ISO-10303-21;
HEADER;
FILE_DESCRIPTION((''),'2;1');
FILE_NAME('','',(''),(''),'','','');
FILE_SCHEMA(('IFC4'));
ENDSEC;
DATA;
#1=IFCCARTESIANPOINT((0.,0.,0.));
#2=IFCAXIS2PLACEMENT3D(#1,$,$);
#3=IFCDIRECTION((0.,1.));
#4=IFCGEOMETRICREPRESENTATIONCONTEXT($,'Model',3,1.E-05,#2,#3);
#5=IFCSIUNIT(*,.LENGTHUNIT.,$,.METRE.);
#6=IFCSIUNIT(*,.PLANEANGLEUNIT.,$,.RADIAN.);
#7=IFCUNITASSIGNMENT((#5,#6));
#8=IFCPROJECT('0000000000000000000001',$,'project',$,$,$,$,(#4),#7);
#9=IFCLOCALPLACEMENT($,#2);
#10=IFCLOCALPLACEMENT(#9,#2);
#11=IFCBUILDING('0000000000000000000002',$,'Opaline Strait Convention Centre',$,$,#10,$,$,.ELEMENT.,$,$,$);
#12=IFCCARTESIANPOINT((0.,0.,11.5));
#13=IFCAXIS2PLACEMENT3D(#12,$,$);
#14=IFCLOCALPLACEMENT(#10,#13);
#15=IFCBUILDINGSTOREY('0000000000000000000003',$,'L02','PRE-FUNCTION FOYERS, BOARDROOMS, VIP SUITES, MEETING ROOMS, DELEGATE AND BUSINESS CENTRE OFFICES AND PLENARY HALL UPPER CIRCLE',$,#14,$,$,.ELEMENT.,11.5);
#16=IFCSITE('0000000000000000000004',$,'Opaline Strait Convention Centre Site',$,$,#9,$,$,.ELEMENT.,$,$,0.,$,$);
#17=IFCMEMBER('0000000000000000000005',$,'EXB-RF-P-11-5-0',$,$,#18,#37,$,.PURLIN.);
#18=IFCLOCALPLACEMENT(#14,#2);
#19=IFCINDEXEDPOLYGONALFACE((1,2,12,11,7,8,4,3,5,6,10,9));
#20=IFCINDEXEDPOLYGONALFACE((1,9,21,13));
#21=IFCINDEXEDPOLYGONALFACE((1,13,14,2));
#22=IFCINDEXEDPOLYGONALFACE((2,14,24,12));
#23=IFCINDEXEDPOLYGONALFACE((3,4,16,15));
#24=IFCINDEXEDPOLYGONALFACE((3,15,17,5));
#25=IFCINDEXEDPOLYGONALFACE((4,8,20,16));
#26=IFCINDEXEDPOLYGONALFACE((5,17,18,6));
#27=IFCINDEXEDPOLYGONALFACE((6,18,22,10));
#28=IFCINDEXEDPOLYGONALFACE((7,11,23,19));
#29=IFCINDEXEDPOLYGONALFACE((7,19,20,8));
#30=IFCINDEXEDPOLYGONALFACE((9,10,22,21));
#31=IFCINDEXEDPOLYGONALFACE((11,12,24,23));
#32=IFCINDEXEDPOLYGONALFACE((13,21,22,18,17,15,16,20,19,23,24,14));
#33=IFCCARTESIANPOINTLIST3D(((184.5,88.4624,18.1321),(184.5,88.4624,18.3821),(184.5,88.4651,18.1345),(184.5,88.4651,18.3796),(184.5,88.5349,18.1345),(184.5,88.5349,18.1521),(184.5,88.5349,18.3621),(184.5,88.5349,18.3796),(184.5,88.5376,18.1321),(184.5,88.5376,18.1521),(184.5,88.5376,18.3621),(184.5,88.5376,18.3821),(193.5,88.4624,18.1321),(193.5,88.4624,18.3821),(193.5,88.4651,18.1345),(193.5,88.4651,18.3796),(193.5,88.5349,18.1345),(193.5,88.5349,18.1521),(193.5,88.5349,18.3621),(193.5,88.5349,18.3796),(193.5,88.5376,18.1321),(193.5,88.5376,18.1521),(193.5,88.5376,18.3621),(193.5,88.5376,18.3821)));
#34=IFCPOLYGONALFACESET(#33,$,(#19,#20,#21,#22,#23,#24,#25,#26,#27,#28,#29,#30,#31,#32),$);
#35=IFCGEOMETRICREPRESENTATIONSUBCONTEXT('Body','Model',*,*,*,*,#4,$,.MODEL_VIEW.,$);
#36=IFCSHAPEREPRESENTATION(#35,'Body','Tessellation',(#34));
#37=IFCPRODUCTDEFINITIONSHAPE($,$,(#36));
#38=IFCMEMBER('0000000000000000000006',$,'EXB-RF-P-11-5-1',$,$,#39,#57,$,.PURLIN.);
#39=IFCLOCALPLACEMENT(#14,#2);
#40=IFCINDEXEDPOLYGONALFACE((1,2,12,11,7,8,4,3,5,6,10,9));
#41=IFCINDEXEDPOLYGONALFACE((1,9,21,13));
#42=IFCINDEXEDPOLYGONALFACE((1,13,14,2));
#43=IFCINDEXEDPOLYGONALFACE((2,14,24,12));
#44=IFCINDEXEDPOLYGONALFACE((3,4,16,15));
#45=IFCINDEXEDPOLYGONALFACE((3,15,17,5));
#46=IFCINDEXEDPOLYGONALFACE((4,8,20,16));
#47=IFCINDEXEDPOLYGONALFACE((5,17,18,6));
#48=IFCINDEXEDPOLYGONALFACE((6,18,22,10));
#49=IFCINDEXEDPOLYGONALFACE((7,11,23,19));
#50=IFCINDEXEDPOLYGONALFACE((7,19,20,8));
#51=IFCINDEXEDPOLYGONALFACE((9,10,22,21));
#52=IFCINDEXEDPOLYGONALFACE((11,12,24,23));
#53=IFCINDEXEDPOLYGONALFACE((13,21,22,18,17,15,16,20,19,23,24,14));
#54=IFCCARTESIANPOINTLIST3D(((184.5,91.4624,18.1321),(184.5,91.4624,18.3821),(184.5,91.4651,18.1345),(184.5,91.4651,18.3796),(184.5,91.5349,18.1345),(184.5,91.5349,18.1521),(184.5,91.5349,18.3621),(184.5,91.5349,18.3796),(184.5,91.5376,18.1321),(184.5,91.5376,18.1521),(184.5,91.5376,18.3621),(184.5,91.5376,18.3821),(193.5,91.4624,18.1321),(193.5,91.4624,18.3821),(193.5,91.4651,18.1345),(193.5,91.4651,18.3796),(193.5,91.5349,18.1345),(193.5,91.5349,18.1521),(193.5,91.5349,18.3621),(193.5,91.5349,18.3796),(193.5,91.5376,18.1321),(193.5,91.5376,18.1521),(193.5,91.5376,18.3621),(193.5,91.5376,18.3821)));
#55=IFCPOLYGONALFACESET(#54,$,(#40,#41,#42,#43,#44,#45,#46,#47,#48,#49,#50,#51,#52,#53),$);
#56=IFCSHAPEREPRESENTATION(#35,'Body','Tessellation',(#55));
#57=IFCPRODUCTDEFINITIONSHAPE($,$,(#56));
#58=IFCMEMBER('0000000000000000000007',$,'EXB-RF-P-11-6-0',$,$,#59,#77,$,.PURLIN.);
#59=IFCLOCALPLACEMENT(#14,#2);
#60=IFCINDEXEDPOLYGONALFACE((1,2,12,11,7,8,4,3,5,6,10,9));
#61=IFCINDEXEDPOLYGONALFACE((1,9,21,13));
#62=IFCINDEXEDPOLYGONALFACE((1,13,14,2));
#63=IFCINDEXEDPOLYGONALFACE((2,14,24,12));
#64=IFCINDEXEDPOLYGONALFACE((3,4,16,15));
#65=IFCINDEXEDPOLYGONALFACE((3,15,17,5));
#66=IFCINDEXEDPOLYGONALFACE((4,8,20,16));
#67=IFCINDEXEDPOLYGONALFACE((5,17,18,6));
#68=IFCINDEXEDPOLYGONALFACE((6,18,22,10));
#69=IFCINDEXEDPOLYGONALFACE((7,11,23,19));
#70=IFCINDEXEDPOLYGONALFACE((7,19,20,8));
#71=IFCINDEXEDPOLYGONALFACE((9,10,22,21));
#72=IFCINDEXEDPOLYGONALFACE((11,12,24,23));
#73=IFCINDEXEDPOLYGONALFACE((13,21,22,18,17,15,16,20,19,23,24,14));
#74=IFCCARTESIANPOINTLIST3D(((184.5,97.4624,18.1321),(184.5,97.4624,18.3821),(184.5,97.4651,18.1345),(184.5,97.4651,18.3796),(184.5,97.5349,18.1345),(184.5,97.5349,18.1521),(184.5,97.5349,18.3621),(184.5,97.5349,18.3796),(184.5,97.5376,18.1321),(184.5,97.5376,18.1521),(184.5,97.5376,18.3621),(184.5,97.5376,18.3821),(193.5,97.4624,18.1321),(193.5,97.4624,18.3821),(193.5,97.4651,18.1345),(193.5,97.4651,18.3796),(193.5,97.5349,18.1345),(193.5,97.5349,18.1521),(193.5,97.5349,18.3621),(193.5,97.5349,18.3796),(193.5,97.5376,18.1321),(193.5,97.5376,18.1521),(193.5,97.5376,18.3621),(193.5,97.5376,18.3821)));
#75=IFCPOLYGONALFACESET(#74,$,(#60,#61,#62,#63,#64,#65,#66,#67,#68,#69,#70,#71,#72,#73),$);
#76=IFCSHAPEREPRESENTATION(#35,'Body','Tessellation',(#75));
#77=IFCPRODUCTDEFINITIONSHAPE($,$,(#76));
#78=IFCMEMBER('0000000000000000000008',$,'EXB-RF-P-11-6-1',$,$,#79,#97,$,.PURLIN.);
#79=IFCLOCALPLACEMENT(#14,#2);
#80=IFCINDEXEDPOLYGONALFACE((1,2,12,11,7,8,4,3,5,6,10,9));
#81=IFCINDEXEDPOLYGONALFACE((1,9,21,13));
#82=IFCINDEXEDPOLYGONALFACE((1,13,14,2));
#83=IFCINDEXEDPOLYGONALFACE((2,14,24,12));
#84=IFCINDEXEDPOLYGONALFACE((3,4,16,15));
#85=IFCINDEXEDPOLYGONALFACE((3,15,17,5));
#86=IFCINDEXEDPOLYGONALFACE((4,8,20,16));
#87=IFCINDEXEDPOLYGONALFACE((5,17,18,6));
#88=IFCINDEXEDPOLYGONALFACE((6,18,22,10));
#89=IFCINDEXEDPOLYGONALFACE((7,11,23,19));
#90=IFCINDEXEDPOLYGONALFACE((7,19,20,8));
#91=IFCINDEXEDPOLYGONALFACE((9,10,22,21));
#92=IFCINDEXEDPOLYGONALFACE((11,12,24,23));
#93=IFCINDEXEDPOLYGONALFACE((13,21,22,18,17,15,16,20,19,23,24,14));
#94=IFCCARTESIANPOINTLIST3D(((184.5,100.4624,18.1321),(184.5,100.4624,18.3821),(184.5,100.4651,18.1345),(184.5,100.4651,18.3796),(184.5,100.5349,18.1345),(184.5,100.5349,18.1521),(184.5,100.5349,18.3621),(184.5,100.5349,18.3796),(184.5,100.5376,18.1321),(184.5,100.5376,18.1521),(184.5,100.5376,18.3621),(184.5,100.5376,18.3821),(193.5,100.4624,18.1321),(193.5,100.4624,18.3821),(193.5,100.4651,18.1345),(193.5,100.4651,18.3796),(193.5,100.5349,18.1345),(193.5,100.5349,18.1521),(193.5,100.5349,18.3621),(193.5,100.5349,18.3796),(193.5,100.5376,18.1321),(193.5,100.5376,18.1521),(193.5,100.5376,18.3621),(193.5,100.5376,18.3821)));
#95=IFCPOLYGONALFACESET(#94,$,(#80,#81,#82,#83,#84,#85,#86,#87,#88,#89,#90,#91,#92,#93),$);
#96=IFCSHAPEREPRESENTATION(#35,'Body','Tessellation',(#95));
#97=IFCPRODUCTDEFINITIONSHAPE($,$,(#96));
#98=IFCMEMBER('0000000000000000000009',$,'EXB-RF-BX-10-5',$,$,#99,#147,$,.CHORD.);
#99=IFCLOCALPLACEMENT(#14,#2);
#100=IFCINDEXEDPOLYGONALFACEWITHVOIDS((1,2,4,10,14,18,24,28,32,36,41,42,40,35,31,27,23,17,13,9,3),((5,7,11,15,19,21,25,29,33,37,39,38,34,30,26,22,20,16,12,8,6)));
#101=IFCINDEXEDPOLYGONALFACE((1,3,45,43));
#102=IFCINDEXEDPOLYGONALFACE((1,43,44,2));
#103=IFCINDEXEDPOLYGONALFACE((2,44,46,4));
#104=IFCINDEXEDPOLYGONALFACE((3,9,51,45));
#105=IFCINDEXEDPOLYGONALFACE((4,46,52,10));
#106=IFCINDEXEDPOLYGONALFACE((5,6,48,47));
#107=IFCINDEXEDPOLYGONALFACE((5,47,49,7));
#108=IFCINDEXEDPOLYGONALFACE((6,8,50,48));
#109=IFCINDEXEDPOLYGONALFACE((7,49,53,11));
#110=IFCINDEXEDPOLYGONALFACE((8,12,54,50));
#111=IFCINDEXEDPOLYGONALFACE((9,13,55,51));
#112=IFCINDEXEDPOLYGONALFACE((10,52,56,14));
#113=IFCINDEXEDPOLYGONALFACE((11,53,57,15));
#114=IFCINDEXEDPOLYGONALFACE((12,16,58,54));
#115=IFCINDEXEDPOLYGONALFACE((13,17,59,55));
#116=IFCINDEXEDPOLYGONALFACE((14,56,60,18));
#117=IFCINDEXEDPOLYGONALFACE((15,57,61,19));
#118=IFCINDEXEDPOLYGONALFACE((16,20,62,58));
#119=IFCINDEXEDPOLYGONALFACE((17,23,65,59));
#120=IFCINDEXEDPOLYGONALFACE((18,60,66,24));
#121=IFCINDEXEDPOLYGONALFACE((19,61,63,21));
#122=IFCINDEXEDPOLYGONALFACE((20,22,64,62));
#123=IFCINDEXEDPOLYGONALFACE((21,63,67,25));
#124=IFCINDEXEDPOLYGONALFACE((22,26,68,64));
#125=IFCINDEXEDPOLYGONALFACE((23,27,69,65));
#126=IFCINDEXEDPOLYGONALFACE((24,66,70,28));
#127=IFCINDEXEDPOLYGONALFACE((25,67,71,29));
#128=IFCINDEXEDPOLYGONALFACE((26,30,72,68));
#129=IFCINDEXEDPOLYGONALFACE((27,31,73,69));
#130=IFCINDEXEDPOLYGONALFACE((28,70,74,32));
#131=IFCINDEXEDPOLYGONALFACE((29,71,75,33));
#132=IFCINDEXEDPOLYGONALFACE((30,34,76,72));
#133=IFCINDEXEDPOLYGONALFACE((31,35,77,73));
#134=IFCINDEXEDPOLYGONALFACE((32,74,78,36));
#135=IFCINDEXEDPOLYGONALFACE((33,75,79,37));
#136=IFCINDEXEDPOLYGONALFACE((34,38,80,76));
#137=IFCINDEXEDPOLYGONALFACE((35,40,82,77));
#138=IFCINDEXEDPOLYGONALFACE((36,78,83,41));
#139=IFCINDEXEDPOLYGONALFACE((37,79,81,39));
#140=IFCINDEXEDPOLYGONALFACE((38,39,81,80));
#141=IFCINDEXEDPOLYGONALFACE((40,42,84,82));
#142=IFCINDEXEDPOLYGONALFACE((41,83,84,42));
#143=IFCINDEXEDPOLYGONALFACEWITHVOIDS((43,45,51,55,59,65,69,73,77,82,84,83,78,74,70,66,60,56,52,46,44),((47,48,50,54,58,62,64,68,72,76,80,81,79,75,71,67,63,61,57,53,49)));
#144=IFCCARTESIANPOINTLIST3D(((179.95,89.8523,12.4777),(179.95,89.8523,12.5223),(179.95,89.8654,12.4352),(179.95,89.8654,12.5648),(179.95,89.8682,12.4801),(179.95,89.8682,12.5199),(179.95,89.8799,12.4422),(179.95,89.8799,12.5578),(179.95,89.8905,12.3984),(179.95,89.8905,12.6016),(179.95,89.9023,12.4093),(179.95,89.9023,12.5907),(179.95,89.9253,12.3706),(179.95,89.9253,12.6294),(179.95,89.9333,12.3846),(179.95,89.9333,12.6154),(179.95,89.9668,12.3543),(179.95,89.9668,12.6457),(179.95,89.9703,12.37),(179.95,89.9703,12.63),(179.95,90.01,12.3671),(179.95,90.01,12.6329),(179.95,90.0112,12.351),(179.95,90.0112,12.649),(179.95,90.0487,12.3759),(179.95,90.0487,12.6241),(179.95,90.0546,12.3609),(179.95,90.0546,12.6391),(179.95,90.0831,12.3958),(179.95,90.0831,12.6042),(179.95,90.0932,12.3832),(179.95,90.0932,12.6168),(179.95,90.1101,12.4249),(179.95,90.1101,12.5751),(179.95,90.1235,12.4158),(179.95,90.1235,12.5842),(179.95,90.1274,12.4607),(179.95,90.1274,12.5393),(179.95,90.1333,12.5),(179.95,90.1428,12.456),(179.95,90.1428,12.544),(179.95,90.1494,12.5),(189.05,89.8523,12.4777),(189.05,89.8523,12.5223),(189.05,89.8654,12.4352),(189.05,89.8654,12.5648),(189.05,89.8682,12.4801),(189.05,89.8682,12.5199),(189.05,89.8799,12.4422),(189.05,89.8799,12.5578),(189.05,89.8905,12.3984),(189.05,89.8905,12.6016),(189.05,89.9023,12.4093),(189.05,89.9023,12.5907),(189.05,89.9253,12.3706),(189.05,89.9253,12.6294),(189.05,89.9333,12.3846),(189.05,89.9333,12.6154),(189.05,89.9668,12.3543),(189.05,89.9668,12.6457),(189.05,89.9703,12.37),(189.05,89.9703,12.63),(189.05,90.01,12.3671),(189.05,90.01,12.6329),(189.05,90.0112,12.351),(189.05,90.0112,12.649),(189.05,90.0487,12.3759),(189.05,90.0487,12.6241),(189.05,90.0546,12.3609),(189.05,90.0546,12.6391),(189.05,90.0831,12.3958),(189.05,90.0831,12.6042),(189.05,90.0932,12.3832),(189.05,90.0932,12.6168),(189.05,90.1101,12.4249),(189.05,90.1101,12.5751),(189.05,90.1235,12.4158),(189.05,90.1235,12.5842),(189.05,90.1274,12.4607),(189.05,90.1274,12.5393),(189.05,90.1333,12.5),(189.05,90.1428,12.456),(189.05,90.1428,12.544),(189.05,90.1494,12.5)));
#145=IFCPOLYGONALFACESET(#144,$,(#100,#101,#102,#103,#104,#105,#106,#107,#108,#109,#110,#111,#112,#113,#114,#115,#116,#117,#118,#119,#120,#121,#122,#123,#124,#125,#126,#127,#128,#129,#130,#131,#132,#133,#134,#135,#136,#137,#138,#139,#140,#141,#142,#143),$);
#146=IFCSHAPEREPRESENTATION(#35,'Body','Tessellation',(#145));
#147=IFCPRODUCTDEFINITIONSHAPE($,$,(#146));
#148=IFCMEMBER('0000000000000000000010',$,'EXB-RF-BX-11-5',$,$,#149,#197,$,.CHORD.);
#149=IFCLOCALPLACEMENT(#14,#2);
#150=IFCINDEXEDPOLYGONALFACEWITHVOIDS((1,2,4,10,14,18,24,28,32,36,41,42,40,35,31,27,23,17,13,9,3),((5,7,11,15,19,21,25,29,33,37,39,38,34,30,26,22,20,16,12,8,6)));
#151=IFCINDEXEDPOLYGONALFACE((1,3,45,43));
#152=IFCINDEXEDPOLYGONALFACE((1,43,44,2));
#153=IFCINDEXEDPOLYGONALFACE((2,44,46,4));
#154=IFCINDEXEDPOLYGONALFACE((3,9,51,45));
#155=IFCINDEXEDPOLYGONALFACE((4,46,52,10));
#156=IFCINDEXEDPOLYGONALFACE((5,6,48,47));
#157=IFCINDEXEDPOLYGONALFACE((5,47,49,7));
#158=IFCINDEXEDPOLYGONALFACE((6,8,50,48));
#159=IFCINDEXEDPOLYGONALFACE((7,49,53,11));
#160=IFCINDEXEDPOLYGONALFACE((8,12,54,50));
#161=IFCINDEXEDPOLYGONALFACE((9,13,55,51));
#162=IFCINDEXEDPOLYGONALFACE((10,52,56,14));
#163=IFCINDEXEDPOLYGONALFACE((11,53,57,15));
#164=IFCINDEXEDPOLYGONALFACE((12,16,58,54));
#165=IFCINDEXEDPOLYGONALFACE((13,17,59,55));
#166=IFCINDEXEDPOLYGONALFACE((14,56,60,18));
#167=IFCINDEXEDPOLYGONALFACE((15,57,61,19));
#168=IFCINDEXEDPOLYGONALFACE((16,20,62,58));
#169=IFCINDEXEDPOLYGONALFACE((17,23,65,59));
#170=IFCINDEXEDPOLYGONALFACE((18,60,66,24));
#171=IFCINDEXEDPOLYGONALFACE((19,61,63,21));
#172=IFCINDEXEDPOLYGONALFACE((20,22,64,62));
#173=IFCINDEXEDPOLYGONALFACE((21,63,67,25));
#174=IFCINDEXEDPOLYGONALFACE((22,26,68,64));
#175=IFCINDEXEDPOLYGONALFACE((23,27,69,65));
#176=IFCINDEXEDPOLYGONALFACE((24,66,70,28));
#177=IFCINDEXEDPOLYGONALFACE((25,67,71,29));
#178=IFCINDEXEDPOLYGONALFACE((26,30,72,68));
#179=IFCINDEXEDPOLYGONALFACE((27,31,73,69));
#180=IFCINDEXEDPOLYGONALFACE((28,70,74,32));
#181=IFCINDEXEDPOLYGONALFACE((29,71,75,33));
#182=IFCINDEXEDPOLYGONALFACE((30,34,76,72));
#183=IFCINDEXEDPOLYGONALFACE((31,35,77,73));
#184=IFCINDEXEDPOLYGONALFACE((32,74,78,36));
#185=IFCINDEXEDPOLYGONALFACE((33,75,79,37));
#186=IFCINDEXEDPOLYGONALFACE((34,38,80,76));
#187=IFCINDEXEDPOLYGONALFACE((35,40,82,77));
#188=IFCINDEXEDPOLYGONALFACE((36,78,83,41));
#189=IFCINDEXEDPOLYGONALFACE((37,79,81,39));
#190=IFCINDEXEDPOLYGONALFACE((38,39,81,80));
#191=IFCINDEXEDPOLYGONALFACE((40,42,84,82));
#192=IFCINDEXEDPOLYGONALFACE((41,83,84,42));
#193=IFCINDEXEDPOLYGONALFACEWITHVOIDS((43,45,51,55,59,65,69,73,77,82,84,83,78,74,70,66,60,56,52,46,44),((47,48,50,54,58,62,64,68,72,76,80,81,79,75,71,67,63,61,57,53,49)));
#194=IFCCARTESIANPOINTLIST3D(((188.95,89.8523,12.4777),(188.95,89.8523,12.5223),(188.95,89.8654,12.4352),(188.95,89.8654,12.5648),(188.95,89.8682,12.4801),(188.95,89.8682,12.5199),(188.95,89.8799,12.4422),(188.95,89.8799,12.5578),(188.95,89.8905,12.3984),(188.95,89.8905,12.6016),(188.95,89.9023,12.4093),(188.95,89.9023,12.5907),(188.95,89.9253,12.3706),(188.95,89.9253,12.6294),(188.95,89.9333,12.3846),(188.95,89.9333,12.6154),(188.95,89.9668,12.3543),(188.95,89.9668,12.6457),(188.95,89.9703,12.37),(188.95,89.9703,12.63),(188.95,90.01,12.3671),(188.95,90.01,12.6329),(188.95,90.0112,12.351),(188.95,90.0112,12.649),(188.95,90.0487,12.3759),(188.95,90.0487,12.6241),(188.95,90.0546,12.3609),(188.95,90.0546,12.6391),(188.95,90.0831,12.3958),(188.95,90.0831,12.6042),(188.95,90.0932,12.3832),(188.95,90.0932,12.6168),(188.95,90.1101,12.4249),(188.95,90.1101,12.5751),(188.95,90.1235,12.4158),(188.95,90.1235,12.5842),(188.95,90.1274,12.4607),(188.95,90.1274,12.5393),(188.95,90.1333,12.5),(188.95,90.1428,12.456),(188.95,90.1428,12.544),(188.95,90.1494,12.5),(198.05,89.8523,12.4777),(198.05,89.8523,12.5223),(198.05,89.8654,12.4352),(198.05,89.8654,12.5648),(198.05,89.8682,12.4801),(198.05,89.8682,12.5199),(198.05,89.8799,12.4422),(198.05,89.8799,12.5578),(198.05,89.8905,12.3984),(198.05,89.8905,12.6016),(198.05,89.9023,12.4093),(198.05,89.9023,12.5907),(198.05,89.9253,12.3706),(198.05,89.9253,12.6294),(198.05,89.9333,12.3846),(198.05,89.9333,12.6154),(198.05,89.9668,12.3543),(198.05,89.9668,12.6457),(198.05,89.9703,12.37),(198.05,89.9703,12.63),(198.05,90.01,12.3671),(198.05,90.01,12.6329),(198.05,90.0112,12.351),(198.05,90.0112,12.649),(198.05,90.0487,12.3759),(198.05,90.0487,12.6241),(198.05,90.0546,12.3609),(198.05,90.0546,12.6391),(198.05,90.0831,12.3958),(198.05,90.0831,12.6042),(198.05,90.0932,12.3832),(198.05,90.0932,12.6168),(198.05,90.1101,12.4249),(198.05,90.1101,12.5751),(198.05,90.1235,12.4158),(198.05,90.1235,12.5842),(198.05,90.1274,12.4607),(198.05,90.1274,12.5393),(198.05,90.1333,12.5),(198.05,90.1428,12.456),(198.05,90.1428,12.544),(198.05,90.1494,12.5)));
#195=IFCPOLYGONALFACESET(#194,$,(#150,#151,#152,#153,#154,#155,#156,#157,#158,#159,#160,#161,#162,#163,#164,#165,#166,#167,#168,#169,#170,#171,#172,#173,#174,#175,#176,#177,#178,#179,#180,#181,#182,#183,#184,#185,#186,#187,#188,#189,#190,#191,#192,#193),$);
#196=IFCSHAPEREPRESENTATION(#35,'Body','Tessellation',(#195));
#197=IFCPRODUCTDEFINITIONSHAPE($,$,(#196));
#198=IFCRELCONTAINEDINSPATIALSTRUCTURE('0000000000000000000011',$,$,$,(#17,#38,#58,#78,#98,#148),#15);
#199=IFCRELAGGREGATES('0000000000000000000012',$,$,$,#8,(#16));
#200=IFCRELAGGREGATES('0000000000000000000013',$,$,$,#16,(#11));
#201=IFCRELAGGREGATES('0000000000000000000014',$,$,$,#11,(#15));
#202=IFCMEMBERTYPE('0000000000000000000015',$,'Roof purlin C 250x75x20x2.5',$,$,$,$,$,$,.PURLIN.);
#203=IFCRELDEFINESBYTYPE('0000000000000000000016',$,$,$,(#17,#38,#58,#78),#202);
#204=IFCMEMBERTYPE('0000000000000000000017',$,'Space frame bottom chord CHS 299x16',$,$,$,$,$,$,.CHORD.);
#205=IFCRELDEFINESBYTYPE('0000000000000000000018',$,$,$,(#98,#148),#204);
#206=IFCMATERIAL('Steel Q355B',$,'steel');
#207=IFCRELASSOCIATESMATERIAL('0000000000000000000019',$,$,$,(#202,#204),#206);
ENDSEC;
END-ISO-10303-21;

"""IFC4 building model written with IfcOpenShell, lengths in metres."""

from ifc_helpers import new_model, si_unit, direction, frame, origin, origin_2d, place, context, subcontext, project, spatial, polyline, hollow_circle, outline, extrude, material, material_profile, profile_set, type_object, element, save


model = new_model("IFC4")

# Units and contexts
model_context = context("Model", 3, precision=1e-05, world=origin(), true_north=direction((0.0, 1.0)))
body_context = subcontext(model_context, "Body", "Model", "MODEL_VIEW")
ifc_project = project(units=[si_unit("LENGTHUNIT", "METRE"), si_unit("PLANEANGLEUNIT", "RADIAN")], contexts=[model_context])

# Site, building, storey
site_placement = place(None, origin())
site = spatial("IfcSite", under=ifc_project, at=site_placement, Name="Opaline Strait Convention Centre Site", CompositionType="ELEMENT", RefElevation=0.0)
building_placement = place(site_placement, origin())
building = spatial("IfcBuilding", under=site, at=building_placement, Name="Opaline Strait Convention Centre", CompositionType="ELEMENT")
storey_placement = place(building_placement, frame((0.0, 0.0, 11.5)))
storey = spatial("IfcBuildingStorey", under=building, at=storey_placement, Name="L02", Description="PRE-FUNCTION FOYERS, BOARDROOMS, VIP SUITES, MEETING ROOMS, DELEGATE AND BUSINESS CENTRE OFFICES AND PLENARY HALL UPPER CIRCLE", CompositionType="ELEMENT", Elevation=11.5)

# Members
ifc_material = material(Name="Steel Q355B", Category="steel")
ifc_material_profile_1 = material_profile(ifc_material, outline(polyline([(-0.0376, -0.125), (0.0376, -0.125), (0.0376, -0.105), (0.0349, -0.105), (0.0349, -0.1226), (-0.0349, -0.1226), (-0.0349, 0.1226), (0.0349, 0.1226), (0.0349, 0.105), (0.0376, 0.105), (0.0376, 0.125), (-0.0376, 0.125), (-0.0376, -0.125)])), Name="C 250x75x20x2.5")
ifc_profile_set_1 = profile_set([ifc_material_profile_1], Name="Steel Q355B")
member_type_1 = type_object("IfcMemberType", Name="Roof purlin C 250x75x20x2.5", PredefinedType="PURLIN", material=ifc_profile_set_1)
for number, where, z_axis, x_axis, name in (
    (1, (184.5, 88.5, 18.2571), (1.0, 0.0, 0.0), (0.0, 1.0, 0.0), "EXB-RF-P-11-5-0"),
    (2, (184.5, 91.5, 18.2571), (1.0, 0.0, 0.0), (0.0, 1.0, 0.0), "EXB-RF-P-11-5-1"),
    (3, (184.5, 97.5, 18.2571), (1.0, 0.0, 0.0), (0.0, 1.0, 0.0), "EXB-RF-P-11-6-0"),
    (4, (184.5, 100.5, 18.2571), (1.0, 0.0, 0.0), (0.0, 1.0, 0.0), "EXB-RF-P-11-6-1"),
):
    element("IfcMember", number, at=place(storey_placement, frame(where, z_axis=z_axis, x_axis=x_axis)), inside=storey, type_object=member_type_1, Name=name, PredefinedType="PURLIN", context=body_context, shape_type="SweptSolid", body=[
        extrude(outline(polyline([(-0.0376, -0.125), (0.0376, -0.125), (0.0376, -0.105), (0.0349, -0.105), (0.0349, -0.1226), (-0.0349, -0.1226), (-0.0349, 0.1226), (0.0349, 0.1226), (0.0349, 0.105), (0.0376, 0.105), (0.0376, 0.125), (-0.0376, 0.125), (-0.0376, -0.125)])), origin(), (0.0, 0.0, 1.0), 9.0),
    ])
ifc_material_profile_2 = material_profile(ifc_material, hollow_circle(Radius=0.1494, WallThickness=0.0161, at=origin_2d()), Name="CHS 299x16")
ifc_profile_set_2 = profile_set([ifc_material_profile_2], Name="Steel Q355B")
member_type_2 = type_object("IfcMemberType", Name="Space frame bottom chord CHS 299x16", PredefinedType="CHORD", material=ifc_profile_set_2)
for number, where, z_axis, x_axis, name in (
    (5, (179.95, 90.0, 12.5), (1.0, 0.0, 0.0), (0.0, 1.0, 0.0), "EXB-RF-BX-10-5"),
    (6, (188.95, 90.0, 12.5), (1.0, 0.0, 0.0), (0.0, 1.0, 0.0), "EXB-RF-BX-11-5"),
):
    element("IfcMember", number, at=place(storey_placement, frame(where, z_axis=z_axis, x_axis=x_axis)), inside=storey, type_object=member_type_2, Name=name, PredefinedType="CHORD", context=body_context, shape_type="SweptSolid", body=[
        extrude(hollow_circle(Radius=0.1494, WallThickness=0.0161, at=origin_2d()), origin(), (0.0, 0.0, 1.0), 9.1001),
    ])

save(model, "model.ifc")
